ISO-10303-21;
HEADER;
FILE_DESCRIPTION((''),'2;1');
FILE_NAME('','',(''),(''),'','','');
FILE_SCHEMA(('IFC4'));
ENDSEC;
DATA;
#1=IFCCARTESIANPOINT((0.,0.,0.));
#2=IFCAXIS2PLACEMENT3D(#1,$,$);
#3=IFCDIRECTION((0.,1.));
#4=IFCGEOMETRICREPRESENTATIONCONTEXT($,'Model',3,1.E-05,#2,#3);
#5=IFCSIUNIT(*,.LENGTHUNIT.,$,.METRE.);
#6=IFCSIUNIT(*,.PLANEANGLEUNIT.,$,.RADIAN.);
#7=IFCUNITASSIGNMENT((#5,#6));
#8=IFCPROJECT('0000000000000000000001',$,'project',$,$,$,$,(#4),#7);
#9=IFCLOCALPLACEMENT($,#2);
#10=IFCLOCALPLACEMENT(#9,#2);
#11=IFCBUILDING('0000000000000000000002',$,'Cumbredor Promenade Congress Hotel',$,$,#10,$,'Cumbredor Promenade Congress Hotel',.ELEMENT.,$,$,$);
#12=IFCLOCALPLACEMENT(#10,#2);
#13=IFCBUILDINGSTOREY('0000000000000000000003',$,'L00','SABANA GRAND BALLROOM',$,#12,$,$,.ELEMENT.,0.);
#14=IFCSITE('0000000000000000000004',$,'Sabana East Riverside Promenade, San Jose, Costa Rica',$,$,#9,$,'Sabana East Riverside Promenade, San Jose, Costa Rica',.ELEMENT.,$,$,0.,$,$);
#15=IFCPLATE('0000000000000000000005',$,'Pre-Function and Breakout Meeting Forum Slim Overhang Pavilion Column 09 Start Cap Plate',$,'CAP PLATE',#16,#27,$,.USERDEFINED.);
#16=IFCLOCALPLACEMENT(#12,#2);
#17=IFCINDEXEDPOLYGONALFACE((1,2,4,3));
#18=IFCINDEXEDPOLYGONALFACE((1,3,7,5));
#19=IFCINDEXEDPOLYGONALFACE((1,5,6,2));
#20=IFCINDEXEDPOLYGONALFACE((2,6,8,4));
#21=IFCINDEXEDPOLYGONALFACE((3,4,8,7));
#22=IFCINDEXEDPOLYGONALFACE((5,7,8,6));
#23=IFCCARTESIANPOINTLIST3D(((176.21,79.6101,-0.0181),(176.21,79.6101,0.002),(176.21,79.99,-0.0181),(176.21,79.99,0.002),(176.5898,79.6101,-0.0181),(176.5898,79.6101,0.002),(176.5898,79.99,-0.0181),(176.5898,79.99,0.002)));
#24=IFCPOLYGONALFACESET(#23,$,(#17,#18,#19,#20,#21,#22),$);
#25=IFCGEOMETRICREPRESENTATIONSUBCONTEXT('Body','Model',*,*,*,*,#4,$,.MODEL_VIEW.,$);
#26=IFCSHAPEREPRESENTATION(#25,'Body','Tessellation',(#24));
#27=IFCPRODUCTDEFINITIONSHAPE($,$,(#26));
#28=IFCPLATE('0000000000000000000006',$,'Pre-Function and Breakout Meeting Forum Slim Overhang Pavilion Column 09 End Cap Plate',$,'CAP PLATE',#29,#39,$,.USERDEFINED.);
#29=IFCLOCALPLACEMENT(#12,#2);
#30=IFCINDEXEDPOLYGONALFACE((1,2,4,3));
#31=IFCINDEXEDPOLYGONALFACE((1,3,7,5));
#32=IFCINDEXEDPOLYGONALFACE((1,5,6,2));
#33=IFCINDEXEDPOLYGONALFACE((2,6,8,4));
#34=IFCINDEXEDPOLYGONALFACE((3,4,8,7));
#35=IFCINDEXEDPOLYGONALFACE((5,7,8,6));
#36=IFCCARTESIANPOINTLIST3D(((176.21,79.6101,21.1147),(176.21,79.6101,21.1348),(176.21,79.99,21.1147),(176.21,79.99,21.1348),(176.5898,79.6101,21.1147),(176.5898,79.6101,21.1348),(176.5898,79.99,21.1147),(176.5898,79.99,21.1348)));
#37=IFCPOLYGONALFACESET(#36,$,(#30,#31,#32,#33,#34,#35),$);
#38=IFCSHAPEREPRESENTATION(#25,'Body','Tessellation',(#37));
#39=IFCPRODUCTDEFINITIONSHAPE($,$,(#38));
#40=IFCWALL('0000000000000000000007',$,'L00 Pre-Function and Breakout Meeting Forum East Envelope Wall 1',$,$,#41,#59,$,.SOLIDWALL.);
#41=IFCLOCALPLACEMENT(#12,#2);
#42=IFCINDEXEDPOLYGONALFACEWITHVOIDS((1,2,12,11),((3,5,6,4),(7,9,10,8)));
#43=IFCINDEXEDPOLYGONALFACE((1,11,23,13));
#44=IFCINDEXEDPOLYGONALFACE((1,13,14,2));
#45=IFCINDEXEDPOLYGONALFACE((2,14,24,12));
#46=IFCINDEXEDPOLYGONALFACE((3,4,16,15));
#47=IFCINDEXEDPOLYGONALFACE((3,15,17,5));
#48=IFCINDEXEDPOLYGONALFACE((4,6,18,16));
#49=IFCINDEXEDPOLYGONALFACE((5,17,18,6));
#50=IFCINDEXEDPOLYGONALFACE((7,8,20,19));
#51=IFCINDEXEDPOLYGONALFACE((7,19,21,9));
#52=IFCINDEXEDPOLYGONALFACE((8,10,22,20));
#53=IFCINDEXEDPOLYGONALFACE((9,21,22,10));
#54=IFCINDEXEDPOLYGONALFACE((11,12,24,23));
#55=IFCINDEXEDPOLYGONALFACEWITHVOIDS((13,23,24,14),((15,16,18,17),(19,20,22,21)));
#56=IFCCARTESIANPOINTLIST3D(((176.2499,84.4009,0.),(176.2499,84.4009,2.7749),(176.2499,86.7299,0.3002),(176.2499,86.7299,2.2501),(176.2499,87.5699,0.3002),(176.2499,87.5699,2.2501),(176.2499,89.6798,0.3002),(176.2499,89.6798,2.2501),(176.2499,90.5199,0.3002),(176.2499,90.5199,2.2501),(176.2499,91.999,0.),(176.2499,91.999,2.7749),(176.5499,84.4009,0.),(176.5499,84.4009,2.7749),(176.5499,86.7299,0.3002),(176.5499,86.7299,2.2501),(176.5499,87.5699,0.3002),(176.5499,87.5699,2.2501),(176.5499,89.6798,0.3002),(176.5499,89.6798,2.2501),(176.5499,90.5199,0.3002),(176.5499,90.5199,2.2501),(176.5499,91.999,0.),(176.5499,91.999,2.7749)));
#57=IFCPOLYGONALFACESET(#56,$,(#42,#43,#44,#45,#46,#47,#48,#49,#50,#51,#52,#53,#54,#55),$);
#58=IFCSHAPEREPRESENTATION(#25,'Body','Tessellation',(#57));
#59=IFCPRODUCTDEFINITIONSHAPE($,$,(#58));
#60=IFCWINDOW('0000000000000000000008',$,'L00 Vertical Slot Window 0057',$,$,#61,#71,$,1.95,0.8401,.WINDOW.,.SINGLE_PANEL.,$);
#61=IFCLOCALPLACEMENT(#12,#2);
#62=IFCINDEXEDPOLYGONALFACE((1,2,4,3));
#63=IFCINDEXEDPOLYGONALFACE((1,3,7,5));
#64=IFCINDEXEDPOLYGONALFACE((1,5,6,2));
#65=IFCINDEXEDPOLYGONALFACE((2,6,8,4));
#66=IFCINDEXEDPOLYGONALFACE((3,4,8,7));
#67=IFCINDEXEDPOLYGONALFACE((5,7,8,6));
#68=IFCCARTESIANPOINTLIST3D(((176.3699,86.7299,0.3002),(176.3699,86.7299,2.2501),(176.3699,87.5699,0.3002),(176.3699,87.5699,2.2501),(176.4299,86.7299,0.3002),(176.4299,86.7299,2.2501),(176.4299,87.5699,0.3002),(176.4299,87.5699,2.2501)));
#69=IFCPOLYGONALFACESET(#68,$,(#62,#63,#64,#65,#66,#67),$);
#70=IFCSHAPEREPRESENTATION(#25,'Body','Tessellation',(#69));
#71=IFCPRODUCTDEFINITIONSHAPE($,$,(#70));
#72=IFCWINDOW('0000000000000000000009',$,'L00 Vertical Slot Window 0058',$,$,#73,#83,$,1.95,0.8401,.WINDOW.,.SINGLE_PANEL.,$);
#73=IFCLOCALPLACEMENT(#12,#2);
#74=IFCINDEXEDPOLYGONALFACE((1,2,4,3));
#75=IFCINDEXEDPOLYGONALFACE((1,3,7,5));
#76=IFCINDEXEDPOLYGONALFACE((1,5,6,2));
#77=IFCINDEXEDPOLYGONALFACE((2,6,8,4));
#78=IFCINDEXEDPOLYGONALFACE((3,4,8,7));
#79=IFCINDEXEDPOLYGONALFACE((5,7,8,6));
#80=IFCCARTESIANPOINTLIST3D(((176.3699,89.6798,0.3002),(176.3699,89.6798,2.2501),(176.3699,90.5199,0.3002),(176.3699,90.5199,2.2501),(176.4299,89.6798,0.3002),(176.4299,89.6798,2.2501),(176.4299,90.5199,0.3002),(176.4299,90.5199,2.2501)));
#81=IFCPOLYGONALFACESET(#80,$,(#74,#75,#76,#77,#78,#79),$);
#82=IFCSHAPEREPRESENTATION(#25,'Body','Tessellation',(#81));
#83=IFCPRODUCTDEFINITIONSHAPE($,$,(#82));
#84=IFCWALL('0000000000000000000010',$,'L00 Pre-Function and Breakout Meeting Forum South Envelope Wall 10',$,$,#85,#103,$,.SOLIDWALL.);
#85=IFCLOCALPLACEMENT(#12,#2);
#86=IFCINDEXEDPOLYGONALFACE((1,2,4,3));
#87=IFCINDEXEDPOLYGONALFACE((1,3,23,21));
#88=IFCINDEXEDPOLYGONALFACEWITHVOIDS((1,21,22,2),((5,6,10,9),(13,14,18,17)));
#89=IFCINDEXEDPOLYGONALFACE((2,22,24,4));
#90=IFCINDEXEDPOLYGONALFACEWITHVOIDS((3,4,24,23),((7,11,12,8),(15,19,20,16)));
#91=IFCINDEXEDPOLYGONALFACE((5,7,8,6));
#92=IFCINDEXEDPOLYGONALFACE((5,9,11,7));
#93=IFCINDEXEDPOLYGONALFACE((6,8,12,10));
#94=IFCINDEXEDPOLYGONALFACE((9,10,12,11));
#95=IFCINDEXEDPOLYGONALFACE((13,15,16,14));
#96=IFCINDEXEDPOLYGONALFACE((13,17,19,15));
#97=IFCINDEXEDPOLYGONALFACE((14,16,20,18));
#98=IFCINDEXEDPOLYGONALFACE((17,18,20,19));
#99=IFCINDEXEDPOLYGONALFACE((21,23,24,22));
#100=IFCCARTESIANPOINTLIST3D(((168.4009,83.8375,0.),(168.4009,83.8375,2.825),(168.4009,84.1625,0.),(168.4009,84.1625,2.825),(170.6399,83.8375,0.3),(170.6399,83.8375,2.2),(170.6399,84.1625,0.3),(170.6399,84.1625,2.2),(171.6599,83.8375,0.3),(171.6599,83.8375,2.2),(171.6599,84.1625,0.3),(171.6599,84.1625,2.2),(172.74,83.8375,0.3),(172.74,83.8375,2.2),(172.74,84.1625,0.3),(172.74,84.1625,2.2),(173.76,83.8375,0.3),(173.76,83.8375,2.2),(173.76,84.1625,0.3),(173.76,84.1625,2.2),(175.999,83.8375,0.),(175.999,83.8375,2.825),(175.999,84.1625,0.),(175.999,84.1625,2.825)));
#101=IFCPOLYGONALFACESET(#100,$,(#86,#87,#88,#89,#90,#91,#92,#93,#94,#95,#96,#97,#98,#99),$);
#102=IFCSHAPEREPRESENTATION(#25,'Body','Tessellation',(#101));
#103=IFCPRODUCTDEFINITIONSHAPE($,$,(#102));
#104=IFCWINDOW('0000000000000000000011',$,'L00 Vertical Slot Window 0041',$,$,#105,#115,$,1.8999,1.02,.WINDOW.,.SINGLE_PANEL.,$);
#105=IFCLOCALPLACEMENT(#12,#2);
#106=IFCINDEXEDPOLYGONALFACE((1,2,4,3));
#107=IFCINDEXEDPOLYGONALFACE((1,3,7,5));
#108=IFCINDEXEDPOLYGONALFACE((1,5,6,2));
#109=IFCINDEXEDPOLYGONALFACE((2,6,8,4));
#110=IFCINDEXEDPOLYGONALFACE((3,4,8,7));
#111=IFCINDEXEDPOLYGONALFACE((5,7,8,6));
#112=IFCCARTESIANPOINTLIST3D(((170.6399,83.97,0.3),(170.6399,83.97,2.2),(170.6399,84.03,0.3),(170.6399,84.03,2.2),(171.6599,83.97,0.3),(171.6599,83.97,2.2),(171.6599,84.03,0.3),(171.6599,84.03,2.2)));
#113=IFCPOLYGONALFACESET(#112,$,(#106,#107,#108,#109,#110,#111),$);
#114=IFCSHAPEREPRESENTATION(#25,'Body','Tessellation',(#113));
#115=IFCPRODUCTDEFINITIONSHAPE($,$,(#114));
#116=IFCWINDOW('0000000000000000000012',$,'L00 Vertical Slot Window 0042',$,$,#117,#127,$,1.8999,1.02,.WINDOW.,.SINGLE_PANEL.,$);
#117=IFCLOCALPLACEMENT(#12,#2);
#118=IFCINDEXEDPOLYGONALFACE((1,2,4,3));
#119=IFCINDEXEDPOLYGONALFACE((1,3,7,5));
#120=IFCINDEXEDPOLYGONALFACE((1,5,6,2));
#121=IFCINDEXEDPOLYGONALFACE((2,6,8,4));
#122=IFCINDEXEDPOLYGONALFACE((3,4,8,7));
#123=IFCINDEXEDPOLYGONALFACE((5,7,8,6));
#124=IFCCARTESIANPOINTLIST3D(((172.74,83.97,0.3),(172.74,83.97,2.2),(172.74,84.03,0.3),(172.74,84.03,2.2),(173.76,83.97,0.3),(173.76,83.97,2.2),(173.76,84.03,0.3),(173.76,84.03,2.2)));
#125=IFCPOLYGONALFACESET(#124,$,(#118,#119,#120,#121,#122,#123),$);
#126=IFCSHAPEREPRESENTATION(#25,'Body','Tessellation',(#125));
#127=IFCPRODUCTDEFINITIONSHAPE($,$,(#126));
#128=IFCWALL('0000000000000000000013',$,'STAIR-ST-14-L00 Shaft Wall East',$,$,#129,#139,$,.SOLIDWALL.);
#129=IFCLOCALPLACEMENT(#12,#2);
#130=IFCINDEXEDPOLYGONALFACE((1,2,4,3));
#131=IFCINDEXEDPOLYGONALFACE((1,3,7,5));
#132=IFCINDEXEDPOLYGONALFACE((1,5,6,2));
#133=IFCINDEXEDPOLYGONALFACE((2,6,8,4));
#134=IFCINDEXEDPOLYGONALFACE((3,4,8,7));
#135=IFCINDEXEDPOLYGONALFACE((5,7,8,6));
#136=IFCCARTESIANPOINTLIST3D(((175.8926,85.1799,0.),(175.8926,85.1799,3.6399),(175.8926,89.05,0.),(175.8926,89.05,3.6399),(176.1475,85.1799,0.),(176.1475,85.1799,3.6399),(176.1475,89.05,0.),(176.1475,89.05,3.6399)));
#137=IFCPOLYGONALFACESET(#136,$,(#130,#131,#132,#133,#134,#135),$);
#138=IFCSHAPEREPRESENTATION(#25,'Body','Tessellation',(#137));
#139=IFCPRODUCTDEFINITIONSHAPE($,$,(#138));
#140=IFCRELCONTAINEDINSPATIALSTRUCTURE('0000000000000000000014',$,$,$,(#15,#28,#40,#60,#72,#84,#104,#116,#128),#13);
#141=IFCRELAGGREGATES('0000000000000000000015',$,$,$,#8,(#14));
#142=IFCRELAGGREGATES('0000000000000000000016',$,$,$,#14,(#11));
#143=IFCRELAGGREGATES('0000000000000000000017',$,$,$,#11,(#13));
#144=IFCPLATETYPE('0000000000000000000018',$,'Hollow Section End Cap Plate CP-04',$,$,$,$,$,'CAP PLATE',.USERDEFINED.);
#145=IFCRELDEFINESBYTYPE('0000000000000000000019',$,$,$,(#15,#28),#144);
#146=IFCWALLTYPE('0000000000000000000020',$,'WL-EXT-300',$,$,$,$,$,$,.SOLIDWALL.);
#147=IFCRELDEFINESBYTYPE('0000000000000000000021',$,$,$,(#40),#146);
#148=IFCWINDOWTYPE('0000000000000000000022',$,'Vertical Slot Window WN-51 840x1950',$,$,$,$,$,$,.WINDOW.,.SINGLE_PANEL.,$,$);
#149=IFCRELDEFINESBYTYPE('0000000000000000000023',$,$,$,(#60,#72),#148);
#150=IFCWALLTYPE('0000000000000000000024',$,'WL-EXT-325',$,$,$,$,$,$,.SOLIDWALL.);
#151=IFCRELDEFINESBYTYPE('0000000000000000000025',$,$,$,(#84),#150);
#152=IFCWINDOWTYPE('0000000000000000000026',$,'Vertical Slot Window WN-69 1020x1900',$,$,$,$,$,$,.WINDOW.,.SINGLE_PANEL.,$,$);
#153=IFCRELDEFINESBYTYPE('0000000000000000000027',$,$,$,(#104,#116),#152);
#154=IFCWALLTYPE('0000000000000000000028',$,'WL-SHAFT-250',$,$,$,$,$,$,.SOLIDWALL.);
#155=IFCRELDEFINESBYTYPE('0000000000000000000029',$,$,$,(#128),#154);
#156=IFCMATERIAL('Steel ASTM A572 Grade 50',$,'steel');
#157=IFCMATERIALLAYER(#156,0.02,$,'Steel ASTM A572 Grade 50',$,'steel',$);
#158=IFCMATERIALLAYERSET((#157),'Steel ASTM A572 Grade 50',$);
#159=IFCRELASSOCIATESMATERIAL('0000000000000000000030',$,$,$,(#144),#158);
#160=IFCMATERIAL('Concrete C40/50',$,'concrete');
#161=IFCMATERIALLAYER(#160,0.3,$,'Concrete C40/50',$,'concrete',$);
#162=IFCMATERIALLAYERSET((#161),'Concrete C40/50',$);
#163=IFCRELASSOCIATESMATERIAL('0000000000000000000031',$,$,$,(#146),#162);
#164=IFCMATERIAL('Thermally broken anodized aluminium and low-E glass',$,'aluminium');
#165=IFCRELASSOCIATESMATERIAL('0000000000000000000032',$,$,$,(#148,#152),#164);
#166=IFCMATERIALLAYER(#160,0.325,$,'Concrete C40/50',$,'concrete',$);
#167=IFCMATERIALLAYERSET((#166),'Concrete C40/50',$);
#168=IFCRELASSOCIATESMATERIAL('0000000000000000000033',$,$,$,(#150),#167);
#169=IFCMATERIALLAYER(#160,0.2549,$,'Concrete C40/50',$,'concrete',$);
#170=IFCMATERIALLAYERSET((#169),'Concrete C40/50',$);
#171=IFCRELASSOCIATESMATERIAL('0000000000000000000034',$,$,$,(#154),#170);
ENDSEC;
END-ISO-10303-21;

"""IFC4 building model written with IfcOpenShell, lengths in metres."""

from ifc_helpers import new_model, si_unit, direction, frame, frame_2d, origin, origin_2d, place, context, subcontext, project, spatial, rectangle, extrude, material, layer, layer_set, type_object, element, fill, save


model = new_model("IFC4")

# Units and contexts
model_context = context("Model", 3, precision=1e-05, world=origin(), true_north=direction((0.0, 1.0)))
body_context = subcontext(model_context, "Body", "Model", "MODEL_VIEW")
ifc_project = project(units=[si_unit("LENGTHUNIT", "METRE"), si_unit("PLANEANGLEUNIT", "RADIAN")], contexts=[model_context])

# Site, building, storey
site_placement = place(None, origin())
site = spatial("IfcSite", under=ifc_project, at=site_placement, Name="Sabana East Riverside Promenade, San Jose, Costa Rica", LongName="Sabana East Riverside Promenade, San Jose, Costa Rica", CompositionType="ELEMENT", RefElevation=0.0)
building_placement = place(site_placement, origin())
building = spatial("IfcBuilding", under=site, at=building_placement, Name="Cumbredor Promenade Congress Hotel", LongName="Cumbredor Promenade Congress Hotel", CompositionType="ELEMENT")
storey_placement = place(building_placement, origin())
storey = spatial("IfcBuildingStorey", under=building, at=storey_placement, Name="L00", Description="SABANA GRAND BALLROOM", CompositionType="ELEMENT", Elevation=0.0)

# Shared definitions
ifc_material_1 = material(Name="Concrete C40/50", Category="concrete")

# Shared definitions
ifc_material_2 = material(Name="Thermally broken anodized aluminium and low-E glass", Category="aluminium")

# Plates
ifc_material_3 = material(Name="Steel ASTM A572 Grade 50", Category="steel")
ifc_layer_1 = layer(ifc_material_3, 0.02, Name="Steel ASTM A572 Grade 50", Category="steel")
ifc_layer_set_1 = layer_set([ifc_layer_1], Name="Steel ASTM A572 Grade 50")
plate_type = type_object("IfcPlateType", Name="Hollow Section End Cap Plate CP-04", ElementType="CAP PLATE", PredefinedType="USERDEFINED", material=ifc_layer_set_1)
for number, where, z_axis, x_axis, name in (
    (1, (176.3999, 79.8, -0.0181), (0.0, 0.0, 1.0), (1.0, 0.0, 0.0), "Pre-Function and Breakout Meeting Forum Slim Overhang Pavilion Column 09 Start Cap Plate"),
    (2, (176.3999, 79.8, 21.1147), (0.0, 0.0, 1.0), (1.0, 0.0, 0.0), "Pre-Function and Breakout Meeting Forum Slim Overhang Pavilion Column 09 End Cap Plate"),
):
    element("IfcPlate", number, at=place(storey_placement, frame(where, z_axis=z_axis, x_axis=x_axis)), inside=storey, type_object=plate_type, Name=name, ObjectType="CAP PLATE", PredefinedType="USERDEFINED", context=body_context, shape_type="SweptSolid", body=[
        extrude(rectangle(XDim=0.3799, YDim=0.3799, at=origin_2d()), origin(), (0.0, 0.0, 1.0), 0.02),
    ])

# Walls, openings, windows
ifc_layer_2 = layer(ifc_material_1, 0.3, Name="Concrete C40/50", Category="concrete")
ifc_layer_set_2 = layer_set([ifc_layer_2], Name="Concrete C40/50")
wall_type_1 = type_object("IfcWallType", Name="WL-EXT-300", PredefinedType="SOLIDWALL", material=ifc_layer_set_2)
wall_1_placement = place(storey_placement, frame((176.3999, 84.4009, 0.0), z_axis=(0.0, 0.0, 1.0), x_axis=(0.0, 1.0, 0.0)))
wall_1 = element("IfcWall", 3, at=wall_1_placement, inside=storey, type_object=wall_type_1, Name="L00 Pre-Function and Breakout Meeting Forum East Envelope Wall 1", PredefinedType="SOLIDWALL", context=body_context, shape_type="SweptSolid", body=[
    extrude(rectangle(XDim=7.5981, YDim=0.3, at=frame_2d((3.7991, 0.0))), origin(), (0.0, 0.0, 1.0), 2.7749),
])
opening_1_placement = place(wall_1_placement, frame((2.3291, 0.0, 0.3)))
opening_1 = element("IfcOpeningElement", 4, at=opening_1_placement, cuts=wall_1, PredefinedType="OPENING", context=body_context, shape_type="SweptSolid", body=[
    extrude(rectangle(XDim=0.8401, YDim=1.95, at=frame_2d((0.4199, 0.9751))), frame((0.0, 0.1602, 0.0), z_axis=(0.0, -1.0, 0.0), x_axis=(1.0, 0.0, 0.0)), (0.0, 0.0, 1.0), 0.3201),
])
opening_2_placement = place(wall_1_placement, frame((5.2791, 0.0, 0.3)))
opening_2 = element("IfcOpeningElement", 5, at=opening_2_placement, cuts=wall_1, PredefinedType="OPENING", context=body_context, shape_type="SweptSolid", body=[
    extrude(rectangle(XDim=0.8401, YDim=1.95, at=frame_2d((0.4199, 0.9751))), frame((0.0, 0.1602, 0.0), z_axis=(0.0, -1.0, 0.0), x_axis=(1.0, 0.0, 0.0)), (0.0, 0.0, 1.0), 0.3201),
])
window_type_1 = type_object("IfcWindowType", Name="Vertical Slot Window WN-51 840x1950", PartitioningType="SINGLE_PANEL", PredefinedType="WINDOW", material=ifc_material_2)
window_1_placement = place(opening_1_placement, origin())
window_1 = element("IfcWindow", 6, at=window_1_placement, inside=storey, type_object=window_type_1, Name="L00 Vertical Slot Window 0057", OverallHeight=1.95, OverallWidth=0.8401, PartitioningType="SINGLE_PANEL", PredefinedType="WINDOW", context=body_context, shape_type="SweptSolid", body=[
    extrude(rectangle(XDim=0.8401, YDim=1.95, at=frame_2d((0.4199, 0.9751))), frame((0.0, 0.03, 0.0), z_axis=(0.0, -1.0, 0.0), x_axis=(1.0, 0.0, 0.0)), (0.0, 0.0, 1.0), 0.0601),
])
fill(opening_1, window_1)
window_2_placement = place(opening_2_placement, origin())
window_2 = element("IfcWindow", 7, at=window_2_placement, inside=storey, type_object=window_type_1, Name="L00 Vertical Slot Window 0058", OverallHeight=1.95, OverallWidth=0.8401, PartitioningType="SINGLE_PANEL", PredefinedType="WINDOW", context=body_context, shape_type="SweptSolid", body=[
    extrude(rectangle(XDim=0.8401, YDim=1.95, at=frame_2d((0.4199, 0.9751))), frame((0.0, 0.03, 0.0), z_axis=(0.0, -1.0, 0.0), x_axis=(1.0, 0.0, 0.0)), (0.0, 0.0, 1.0), 0.0601),
])
fill(opening_2, window_2)
ifc_layer_3 = layer(ifc_material_1, 0.325, Name="Concrete C40/50", Category="concrete")
ifc_layer_set_3 = layer_set([ifc_layer_3], Name="Concrete C40/50")
wall_type_2 = type_object("IfcWallType", Name="WL-EXT-325", PredefinedType="SOLIDWALL", material=ifc_layer_set_3)
wall_2_placement = place(storey_placement, frame((168.4009, 84.0, 0.0), z_axis=(0.0, 0.0, 1.0), x_axis=(1.0, 0.0, 0.0)))
wall_2 = element("IfcWall", 8, at=wall_2_placement, inside=storey, type_object=wall_type_2, Name="L00 Pre-Function and Breakout Meeting Forum South Envelope Wall 10", PredefinedType="SOLIDWALL", context=body_context, shape_type="SweptSolid", body=[
    extrude(rectangle(XDim=7.5981, YDim=0.325, at=frame_2d((3.7991, 0.0))), origin(), (0.0, 0.0, 1.0), 2.825),
])
opening_3_placement = place(wall_2_placement, frame((2.239, 0.0, 0.3)))
opening_3 = element("IfcOpeningElement", 9, at=opening_3_placement, cuts=wall_2, PredefinedType="OPENING", context=body_context, shape_type="SweptSolid", body=[
    extrude(rectangle(XDim=1.02, YDim=1.8999, at=frame_2d((0.51, 0.95))), frame((0.0, 0.1724, 0.0), z_axis=(0.0, -1.0, 0.0), x_axis=(1.0, 0.0, 0.0)), (0.0, 0.0, 1.0), 0.345),
])
opening_4_placement = place(wall_2_placement, frame((4.3391, 0.0, 0.3)))
opening_4 = element("IfcOpeningElement", 10, at=opening_4_placement, cuts=wall_2, PredefinedType="OPENING", context=body_context, shape_type="SweptSolid", body=[
    extrude(rectangle(XDim=1.02, YDim=1.8999, at=frame_2d((0.51, 0.95))), frame((0.0, 0.1724, 0.0), z_axis=(0.0, -1.0, 0.0), x_axis=(1.0, 0.0, 0.0)), (0.0, 0.0, 1.0), 0.345),
])
window_type_2 = type_object("IfcWindowType", Name="Vertical Slot Window WN-69 1020x1900", PartitioningType="SINGLE_PANEL", PredefinedType="WINDOW", material=ifc_material_2)
window_3_placement = place(opening_3_placement, origin())
window_3 = element("IfcWindow", 11, at=window_3_placement, inside=storey, type_object=window_type_2, Name="L00 Vertical Slot Window 0041", OverallHeight=1.8999, OverallWidth=1.02, PartitioningType="SINGLE_PANEL", PredefinedType="WINDOW", context=body_context, shape_type="SweptSolid", body=[
    extrude(rectangle(XDim=1.02, YDim=1.8999, at=frame_2d((0.51, 0.95))), frame((0.0, 0.03, 0.0), z_axis=(0.0, -1.0, 0.0), x_axis=(1.0, 0.0, 0.0)), (0.0, 0.0, 1.0), 0.0601),
])
fill(opening_3, window_3)
window_4_placement = place(opening_4_placement, origin())
window_4 = element("IfcWindow", 12, at=window_4_placement, inside=storey, type_object=window_type_2, Name="L00 Vertical Slot Window 0042", OverallHeight=1.8999, OverallWidth=1.02, PartitioningType="SINGLE_PANEL", PredefinedType="WINDOW", context=body_context, shape_type="SweptSolid", body=[
    extrude(rectangle(XDim=1.02, YDim=1.8999, at=frame_2d((0.51, 0.95))), frame((0.0, 0.03, 0.0), z_axis=(0.0, -1.0, 0.0), x_axis=(1.0, 0.0, 0.0)), (0.0, 0.0, 1.0), 0.0601),
])
fill(opening_4, window_4)

# Wall
ifc_layer_4 = layer(ifc_material_1, 0.2549, Name="Concrete C40/50", Category="concrete")
ifc_layer_set_4 = layer_set([ifc_layer_4], Name="Concrete C40/50")
wall_type_3 = type_object("IfcWallType", Name="WL-SHAFT-250", PredefinedType="SOLIDWALL", material=ifc_layer_set_4)
wall_3_placement = place(storey_placement, frame((176.02, 85.1799, 0.0), z_axis=(0.0, 0.0, 1.0), x_axis=(0.0, 1.0, 0.0)))
element("IfcWall", 13, at=wall_3_placement, inside=storey, type_object=wall_type_3, Name="STAIR-ST-14-L00 Shaft Wall East", PredefinedType="SOLIDWALL", context=body_context, shape_type="SweptSolid", body=[
    extrude(rectangle(XDim=3.8701, YDim=0.2549, at=frame_2d((1.9351, 0.0))), origin(), (0.0, 0.0, 1.0), 3.6399),
])

save(model, "model.ifc")
